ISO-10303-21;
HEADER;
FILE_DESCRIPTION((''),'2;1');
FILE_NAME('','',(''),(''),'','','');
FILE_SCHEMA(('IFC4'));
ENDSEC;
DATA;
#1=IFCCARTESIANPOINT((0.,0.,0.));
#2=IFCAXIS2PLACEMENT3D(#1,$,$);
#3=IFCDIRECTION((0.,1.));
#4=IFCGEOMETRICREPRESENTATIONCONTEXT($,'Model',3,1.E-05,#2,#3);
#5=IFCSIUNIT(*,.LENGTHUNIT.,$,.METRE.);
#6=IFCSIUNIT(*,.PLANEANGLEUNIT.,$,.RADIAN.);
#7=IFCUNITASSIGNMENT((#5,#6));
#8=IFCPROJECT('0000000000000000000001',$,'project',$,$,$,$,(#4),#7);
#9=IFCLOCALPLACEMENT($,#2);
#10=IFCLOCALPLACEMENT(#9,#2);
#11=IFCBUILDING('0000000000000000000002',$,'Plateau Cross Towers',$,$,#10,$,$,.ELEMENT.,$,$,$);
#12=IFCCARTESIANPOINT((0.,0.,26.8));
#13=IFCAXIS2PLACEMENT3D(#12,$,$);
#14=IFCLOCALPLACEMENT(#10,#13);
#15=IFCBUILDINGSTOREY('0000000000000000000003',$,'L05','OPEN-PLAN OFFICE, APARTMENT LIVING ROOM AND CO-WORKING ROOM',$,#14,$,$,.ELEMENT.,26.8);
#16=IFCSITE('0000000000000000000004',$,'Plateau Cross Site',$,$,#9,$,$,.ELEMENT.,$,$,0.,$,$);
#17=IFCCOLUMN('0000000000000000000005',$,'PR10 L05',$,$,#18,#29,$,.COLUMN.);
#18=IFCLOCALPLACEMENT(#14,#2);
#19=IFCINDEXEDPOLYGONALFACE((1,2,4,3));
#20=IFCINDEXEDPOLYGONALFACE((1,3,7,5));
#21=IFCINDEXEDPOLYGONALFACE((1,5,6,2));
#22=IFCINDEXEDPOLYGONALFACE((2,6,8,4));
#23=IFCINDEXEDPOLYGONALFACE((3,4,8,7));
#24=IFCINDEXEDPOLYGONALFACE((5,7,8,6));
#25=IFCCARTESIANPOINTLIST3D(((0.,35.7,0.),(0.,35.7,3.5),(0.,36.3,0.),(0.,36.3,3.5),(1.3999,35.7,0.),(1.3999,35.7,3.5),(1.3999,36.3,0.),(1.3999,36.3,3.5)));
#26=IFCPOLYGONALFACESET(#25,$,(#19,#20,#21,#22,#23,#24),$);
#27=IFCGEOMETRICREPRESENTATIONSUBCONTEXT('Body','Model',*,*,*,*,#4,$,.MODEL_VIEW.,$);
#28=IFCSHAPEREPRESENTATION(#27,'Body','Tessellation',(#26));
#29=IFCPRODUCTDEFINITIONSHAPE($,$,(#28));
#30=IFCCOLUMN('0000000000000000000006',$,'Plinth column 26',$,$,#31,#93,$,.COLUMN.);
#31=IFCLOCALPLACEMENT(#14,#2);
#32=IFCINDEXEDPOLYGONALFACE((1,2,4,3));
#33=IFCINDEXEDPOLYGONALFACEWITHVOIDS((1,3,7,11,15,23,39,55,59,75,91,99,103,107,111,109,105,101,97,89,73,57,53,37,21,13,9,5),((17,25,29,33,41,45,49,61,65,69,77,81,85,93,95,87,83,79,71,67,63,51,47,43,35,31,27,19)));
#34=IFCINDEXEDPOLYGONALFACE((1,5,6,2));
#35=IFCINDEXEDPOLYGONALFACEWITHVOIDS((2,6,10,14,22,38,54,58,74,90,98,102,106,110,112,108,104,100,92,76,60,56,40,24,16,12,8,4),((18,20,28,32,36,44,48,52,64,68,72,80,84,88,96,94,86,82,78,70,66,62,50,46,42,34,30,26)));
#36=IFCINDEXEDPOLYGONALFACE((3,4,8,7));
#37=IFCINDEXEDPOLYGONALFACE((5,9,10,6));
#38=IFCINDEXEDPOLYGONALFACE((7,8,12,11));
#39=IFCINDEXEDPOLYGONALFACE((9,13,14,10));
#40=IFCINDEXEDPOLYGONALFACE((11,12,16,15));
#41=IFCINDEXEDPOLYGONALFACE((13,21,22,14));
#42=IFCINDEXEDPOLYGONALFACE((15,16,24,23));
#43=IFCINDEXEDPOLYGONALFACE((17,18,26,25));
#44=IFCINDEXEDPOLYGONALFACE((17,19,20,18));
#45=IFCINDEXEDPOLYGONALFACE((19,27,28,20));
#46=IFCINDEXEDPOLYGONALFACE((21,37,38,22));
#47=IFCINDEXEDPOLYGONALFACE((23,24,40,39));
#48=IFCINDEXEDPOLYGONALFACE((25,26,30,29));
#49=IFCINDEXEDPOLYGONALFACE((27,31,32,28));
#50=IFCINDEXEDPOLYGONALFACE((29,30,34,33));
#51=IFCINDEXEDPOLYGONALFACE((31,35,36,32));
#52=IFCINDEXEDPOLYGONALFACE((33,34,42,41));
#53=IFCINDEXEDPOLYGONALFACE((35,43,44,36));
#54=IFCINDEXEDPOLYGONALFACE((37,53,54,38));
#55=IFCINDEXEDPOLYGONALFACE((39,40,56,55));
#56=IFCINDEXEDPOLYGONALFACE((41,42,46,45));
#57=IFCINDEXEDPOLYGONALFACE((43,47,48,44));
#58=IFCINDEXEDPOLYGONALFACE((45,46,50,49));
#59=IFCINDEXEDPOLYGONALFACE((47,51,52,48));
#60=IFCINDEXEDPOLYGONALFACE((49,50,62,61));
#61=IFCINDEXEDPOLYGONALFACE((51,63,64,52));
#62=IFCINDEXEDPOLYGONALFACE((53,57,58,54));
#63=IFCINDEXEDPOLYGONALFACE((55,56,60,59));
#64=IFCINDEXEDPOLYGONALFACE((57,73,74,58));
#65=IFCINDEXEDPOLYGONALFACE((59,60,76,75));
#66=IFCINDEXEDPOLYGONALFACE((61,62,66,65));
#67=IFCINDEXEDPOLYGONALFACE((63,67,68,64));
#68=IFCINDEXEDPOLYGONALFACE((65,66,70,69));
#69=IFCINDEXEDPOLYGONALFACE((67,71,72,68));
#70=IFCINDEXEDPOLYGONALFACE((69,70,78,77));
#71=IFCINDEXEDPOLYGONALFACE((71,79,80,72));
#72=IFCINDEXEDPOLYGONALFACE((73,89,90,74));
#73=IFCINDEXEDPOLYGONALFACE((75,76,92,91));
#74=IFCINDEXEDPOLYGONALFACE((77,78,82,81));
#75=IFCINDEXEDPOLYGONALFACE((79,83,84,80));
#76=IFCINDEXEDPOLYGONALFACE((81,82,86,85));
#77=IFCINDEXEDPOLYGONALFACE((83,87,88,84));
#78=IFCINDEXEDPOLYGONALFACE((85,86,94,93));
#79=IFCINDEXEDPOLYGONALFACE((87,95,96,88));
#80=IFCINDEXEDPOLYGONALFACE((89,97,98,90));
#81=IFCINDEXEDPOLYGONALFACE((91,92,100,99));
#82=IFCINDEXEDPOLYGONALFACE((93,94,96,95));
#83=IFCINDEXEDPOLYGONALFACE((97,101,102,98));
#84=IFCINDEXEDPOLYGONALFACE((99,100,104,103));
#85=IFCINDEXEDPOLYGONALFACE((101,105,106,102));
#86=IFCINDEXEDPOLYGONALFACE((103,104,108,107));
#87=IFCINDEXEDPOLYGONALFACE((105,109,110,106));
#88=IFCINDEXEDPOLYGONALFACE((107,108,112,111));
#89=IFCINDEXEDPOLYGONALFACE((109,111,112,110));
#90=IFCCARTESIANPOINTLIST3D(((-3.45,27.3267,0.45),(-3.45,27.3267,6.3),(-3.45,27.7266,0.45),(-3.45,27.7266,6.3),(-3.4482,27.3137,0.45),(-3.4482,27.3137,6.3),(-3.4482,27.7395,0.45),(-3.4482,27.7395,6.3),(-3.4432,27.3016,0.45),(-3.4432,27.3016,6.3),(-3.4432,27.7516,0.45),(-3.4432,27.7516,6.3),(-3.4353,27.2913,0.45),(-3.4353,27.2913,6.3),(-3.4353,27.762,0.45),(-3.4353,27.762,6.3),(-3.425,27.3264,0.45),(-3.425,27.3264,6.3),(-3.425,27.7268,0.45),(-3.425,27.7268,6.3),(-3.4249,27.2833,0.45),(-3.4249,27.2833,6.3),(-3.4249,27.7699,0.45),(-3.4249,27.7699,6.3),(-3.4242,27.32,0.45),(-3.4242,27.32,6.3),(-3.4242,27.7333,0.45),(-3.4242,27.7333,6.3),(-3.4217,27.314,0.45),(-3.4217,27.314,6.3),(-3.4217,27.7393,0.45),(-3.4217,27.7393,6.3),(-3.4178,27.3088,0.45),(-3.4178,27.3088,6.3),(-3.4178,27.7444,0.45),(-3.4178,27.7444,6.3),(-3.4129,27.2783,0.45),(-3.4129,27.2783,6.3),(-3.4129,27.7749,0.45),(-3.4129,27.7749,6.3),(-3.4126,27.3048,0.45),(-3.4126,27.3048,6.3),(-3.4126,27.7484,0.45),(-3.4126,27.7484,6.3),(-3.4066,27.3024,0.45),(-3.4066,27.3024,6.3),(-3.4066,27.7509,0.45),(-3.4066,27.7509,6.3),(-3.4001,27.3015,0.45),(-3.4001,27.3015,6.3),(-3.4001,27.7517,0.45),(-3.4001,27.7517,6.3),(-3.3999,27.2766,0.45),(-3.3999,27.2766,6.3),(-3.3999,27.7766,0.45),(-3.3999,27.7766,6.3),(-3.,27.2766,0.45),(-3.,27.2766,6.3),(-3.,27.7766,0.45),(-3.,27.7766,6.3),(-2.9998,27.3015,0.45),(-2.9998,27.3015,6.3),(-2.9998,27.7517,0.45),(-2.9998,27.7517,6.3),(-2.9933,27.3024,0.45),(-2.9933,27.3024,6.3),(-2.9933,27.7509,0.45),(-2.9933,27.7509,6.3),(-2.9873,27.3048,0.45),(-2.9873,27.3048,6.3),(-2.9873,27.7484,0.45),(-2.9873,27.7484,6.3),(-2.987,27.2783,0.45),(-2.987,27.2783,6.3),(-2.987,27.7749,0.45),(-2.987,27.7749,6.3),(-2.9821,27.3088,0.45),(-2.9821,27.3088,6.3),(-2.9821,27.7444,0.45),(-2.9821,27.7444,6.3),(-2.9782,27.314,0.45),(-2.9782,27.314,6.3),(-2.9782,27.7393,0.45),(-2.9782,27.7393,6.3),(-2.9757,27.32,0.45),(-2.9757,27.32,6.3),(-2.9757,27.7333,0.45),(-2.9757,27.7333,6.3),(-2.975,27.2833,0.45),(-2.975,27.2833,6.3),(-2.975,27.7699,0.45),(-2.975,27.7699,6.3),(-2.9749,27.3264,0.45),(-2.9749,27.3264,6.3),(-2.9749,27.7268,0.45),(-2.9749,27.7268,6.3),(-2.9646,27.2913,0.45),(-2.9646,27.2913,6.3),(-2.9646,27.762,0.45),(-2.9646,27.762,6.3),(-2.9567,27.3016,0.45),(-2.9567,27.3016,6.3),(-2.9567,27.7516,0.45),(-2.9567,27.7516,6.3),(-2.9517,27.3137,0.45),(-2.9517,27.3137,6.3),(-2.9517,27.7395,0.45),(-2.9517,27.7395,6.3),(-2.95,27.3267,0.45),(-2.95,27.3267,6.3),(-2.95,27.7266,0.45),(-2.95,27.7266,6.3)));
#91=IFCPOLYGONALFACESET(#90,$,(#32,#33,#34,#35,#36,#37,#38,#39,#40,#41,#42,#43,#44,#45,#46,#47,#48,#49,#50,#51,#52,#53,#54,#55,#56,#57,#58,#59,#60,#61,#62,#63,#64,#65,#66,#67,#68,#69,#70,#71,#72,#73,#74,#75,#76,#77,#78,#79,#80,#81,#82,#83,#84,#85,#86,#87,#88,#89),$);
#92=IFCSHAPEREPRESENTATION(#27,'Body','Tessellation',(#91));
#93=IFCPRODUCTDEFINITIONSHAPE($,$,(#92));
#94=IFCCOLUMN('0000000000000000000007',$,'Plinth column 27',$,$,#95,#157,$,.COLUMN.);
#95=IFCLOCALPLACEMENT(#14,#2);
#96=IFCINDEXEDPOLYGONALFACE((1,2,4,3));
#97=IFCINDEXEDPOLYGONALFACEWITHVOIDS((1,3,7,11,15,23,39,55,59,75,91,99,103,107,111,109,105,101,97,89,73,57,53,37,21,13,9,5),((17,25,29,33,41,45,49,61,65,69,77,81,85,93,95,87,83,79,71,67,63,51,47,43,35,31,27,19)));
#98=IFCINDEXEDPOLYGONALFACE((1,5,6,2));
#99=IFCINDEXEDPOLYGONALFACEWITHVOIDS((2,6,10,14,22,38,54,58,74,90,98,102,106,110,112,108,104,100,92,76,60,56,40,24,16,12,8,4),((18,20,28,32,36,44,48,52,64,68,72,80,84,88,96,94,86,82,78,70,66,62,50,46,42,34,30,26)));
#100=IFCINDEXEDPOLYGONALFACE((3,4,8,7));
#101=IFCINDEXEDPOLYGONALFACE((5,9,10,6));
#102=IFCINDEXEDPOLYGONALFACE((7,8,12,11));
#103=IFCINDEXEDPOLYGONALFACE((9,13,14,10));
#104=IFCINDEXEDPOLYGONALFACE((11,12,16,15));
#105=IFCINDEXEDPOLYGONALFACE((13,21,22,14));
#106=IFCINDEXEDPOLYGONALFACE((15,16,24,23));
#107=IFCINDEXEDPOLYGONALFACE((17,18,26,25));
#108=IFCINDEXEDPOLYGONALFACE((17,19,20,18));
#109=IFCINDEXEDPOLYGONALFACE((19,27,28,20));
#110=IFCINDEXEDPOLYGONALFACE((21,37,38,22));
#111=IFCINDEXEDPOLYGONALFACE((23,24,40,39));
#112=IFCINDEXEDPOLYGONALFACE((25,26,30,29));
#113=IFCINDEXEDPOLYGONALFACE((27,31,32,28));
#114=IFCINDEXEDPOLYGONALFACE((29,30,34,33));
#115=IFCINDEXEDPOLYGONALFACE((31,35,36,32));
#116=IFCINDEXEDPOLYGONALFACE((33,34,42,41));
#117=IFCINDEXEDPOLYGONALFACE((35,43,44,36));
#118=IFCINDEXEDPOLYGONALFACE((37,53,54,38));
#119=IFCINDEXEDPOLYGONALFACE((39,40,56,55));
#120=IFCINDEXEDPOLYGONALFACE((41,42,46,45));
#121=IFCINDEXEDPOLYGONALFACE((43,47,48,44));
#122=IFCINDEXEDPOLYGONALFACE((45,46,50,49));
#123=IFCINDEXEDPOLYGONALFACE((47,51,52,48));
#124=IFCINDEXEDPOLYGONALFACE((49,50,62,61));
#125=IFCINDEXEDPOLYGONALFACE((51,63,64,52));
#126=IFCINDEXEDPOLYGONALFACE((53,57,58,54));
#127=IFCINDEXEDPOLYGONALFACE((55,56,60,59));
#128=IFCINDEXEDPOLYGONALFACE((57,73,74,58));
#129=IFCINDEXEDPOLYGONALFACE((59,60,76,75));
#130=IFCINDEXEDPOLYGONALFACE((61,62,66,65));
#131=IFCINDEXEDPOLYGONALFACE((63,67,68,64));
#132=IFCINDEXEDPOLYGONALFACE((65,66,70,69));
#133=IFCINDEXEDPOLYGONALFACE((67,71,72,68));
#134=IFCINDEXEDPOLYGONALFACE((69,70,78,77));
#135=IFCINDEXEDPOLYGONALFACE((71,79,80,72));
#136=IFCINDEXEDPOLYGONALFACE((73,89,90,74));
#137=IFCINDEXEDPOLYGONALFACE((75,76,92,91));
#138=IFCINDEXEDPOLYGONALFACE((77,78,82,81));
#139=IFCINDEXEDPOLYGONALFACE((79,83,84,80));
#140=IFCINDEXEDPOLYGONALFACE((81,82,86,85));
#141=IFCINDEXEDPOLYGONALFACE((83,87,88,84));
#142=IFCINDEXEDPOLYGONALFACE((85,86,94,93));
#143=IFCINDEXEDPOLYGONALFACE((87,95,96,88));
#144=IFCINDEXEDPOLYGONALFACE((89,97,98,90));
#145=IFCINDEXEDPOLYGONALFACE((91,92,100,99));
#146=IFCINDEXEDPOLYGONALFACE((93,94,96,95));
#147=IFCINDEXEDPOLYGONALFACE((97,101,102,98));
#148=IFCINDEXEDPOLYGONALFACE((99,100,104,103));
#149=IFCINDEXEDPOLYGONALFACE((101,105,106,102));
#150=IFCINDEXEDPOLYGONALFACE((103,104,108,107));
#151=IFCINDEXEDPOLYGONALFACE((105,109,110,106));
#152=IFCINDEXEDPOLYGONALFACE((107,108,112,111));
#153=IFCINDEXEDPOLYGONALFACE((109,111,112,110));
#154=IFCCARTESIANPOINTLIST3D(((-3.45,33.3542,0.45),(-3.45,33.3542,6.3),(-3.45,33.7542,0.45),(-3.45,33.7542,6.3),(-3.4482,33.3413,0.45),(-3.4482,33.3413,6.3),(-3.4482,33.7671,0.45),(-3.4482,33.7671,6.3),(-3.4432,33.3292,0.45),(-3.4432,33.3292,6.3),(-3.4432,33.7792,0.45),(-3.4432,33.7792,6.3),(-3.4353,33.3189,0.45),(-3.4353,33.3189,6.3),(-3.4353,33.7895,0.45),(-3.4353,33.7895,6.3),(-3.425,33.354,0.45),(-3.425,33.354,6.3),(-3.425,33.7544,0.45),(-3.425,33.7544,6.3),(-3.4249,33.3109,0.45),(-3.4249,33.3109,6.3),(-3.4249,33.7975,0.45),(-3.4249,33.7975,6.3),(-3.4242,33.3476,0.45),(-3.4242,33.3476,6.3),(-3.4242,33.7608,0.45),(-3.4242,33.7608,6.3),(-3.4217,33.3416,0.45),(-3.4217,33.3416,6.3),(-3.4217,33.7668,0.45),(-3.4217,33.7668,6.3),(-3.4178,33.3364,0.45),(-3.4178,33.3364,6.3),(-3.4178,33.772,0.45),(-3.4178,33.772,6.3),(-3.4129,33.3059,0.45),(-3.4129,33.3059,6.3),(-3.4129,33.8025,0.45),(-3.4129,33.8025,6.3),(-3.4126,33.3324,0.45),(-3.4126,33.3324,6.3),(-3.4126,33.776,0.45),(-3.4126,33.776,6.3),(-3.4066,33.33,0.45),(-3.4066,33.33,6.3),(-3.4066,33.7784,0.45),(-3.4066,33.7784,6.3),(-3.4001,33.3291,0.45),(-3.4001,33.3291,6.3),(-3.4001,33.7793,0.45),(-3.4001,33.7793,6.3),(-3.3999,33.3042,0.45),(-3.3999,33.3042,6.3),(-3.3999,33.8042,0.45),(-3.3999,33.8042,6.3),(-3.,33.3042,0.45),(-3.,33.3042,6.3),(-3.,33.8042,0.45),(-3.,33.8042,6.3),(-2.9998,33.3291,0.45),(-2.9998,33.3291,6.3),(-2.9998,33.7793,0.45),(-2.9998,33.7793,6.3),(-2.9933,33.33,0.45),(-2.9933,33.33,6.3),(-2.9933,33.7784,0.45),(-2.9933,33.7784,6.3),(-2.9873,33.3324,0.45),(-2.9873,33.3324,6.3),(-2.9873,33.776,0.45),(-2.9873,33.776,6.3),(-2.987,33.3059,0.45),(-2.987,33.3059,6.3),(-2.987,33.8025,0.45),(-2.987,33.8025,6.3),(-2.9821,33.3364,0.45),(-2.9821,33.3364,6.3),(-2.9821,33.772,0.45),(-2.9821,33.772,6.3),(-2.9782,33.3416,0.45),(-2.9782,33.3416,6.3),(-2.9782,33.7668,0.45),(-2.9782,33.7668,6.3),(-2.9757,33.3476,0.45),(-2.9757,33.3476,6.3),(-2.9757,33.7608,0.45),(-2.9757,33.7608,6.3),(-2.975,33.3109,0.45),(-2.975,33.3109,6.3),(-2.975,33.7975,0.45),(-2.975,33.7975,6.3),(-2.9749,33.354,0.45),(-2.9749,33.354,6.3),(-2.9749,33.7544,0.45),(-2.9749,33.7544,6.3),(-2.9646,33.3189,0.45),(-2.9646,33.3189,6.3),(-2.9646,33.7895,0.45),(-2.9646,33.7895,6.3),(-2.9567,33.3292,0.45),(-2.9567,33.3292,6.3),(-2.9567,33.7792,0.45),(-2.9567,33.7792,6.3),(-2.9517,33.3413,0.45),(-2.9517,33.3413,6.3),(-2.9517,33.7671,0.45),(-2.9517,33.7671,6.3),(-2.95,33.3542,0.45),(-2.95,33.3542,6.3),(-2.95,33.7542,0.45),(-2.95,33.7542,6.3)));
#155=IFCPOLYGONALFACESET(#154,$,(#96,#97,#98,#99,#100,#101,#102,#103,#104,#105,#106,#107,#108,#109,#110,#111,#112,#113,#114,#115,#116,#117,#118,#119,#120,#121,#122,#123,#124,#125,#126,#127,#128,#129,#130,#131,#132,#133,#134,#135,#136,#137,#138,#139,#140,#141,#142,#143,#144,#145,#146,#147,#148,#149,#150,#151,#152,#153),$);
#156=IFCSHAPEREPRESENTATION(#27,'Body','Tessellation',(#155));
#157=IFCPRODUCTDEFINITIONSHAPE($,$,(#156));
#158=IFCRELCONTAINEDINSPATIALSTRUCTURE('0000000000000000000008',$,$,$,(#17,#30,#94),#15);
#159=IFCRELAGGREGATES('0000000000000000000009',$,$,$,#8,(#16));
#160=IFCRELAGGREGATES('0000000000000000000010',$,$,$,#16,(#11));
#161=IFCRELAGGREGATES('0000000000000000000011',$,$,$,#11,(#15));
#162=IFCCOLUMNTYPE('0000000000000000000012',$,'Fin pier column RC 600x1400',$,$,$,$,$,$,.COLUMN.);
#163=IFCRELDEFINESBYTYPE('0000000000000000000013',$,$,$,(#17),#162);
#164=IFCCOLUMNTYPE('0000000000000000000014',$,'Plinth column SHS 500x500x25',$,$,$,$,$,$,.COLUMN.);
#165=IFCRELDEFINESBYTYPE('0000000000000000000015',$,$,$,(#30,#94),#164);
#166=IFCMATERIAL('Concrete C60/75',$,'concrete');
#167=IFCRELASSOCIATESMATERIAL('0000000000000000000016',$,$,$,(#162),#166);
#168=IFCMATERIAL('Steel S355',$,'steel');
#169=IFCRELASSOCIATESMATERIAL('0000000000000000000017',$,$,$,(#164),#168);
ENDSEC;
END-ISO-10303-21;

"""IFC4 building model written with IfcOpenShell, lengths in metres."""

from ifc_helpers import new_model, si_unit, direction, frame, origin, origin_2d, place, context, subcontext, project, spatial, rectangle, hollow_rectangle, extrude, material, material_profile, profile_set, type_object, element, save


model = new_model("IFC4")

# Units and contexts
model_context = context("Model", 3, precision=1e-05, world=origin(), true_north=direction((0.0, 1.0)))
body_context = subcontext(model_context, "Body", "Model", "MODEL_VIEW")
ifc_project = project(units=[si_unit("LENGTHUNIT", "METRE"), si_unit("PLANEANGLEUNIT", "RADIAN")], contexts=[model_context])

# Site, building, storey
site_placement = place(None, origin())
site = spatial("IfcSite", under=ifc_project, at=site_placement, Name="Plateau Cross Site", CompositionType="ELEMENT", RefElevation=0.0)
building_placement = place(site_placement, origin())
building = spatial("IfcBuilding", under=site, at=building_placement, Name="Plateau Cross Towers", CompositionType="ELEMENT")
storey_placement = place(building_placement, frame((0.0, 0.0, 26.8)))
storey = spatial("IfcBuildingStorey", under=building, at=storey_placement, Name="L05", Description="OPEN-PLAN OFFICE, APARTMENT LIVING ROOM AND CO-WORKING ROOM", CompositionType="ELEMENT", Elevation=26.8)

# Columns
ifc_material_1 = material(Name="Concrete C60/75", Category="concrete")
ifc_material_profile_1 = material_profile(ifc_material_1, rectangle(XDim=0.6001, YDim=1.3999, at=origin_2d()), Name="RC 600x1400")
ifc_profile_set_1 = profile_set([ifc_material_profile_1], Name="Concrete C60/75")
column_type_1 = type_object("IfcColumnType", Name="Fin pier column RC 600x1400", PredefinedType="COLUMN", material=ifc_profile_set_1)
column_placement = place(storey_placement, frame((0.7, 36.0, 0.0), z_axis=(0.0, 0.0, 1.0), x_axis=(0.0, 1.0, 0.0)))
element("IfcColumn", 1, at=column_placement, inside=storey, type_object=column_type_1, Name="PR10 L05", PredefinedType="COLUMN", context=body_context, shape_type="SweptSolid", body=[
    extrude(rectangle(XDim=0.6001, YDim=1.3999, at=origin_2d()), origin(), (0.0, 0.0, 1.0), 3.5),
])
ifc_material_2 = material(Name="Steel S355", Category="steel")
ifc_material_profile_2 = material_profile(ifc_material_2, hollow_rectangle(XDim=0.5, YDim=0.5, WallThickness=0.0249, InnerFilletRadius=0.0249, OuterFilletRadius=0.05, at=origin_2d()), Name="SHS 500x500x25")
ifc_profile_set_2 = profile_set([ifc_material_profile_2], Name="Steel S355")
column_type_2 = type_object("IfcColumnType", Name="Plinth column SHS 500x500x25", PredefinedType="COLUMN", material=ifc_profile_set_2)
for number, where, z_axis, x_axis, name in (
    (2, (-3.2, 27.5266, 0.45), (0.0, 0.0, 1.0), (1.0, 0.0, 0.0), "Plinth column 26"),
    (3, (-3.2, 33.5542, 0.45), (0.0, 0.0, 1.0), (1.0, 0.0, 0.0), "Plinth column 27"),
):
    element("IfcColumn", number, at=place(storey_placement, frame(where, z_axis=z_axis, x_axis=x_axis)), inside=storey, type_object=column_type_2, Name=name, PredefinedType="COLUMN", context=body_context, shape_type="SweptSolid", body=[
        extrude(hollow_rectangle(XDim=0.5, YDim=0.5, WallThickness=0.0249, InnerFilletRadius=0.0249, OuterFilletRadius=0.05, at=origin_2d()), origin(), (0.0, 0.0, 1.0), 5.8501),
    ])

save(model, "model.ifc")
